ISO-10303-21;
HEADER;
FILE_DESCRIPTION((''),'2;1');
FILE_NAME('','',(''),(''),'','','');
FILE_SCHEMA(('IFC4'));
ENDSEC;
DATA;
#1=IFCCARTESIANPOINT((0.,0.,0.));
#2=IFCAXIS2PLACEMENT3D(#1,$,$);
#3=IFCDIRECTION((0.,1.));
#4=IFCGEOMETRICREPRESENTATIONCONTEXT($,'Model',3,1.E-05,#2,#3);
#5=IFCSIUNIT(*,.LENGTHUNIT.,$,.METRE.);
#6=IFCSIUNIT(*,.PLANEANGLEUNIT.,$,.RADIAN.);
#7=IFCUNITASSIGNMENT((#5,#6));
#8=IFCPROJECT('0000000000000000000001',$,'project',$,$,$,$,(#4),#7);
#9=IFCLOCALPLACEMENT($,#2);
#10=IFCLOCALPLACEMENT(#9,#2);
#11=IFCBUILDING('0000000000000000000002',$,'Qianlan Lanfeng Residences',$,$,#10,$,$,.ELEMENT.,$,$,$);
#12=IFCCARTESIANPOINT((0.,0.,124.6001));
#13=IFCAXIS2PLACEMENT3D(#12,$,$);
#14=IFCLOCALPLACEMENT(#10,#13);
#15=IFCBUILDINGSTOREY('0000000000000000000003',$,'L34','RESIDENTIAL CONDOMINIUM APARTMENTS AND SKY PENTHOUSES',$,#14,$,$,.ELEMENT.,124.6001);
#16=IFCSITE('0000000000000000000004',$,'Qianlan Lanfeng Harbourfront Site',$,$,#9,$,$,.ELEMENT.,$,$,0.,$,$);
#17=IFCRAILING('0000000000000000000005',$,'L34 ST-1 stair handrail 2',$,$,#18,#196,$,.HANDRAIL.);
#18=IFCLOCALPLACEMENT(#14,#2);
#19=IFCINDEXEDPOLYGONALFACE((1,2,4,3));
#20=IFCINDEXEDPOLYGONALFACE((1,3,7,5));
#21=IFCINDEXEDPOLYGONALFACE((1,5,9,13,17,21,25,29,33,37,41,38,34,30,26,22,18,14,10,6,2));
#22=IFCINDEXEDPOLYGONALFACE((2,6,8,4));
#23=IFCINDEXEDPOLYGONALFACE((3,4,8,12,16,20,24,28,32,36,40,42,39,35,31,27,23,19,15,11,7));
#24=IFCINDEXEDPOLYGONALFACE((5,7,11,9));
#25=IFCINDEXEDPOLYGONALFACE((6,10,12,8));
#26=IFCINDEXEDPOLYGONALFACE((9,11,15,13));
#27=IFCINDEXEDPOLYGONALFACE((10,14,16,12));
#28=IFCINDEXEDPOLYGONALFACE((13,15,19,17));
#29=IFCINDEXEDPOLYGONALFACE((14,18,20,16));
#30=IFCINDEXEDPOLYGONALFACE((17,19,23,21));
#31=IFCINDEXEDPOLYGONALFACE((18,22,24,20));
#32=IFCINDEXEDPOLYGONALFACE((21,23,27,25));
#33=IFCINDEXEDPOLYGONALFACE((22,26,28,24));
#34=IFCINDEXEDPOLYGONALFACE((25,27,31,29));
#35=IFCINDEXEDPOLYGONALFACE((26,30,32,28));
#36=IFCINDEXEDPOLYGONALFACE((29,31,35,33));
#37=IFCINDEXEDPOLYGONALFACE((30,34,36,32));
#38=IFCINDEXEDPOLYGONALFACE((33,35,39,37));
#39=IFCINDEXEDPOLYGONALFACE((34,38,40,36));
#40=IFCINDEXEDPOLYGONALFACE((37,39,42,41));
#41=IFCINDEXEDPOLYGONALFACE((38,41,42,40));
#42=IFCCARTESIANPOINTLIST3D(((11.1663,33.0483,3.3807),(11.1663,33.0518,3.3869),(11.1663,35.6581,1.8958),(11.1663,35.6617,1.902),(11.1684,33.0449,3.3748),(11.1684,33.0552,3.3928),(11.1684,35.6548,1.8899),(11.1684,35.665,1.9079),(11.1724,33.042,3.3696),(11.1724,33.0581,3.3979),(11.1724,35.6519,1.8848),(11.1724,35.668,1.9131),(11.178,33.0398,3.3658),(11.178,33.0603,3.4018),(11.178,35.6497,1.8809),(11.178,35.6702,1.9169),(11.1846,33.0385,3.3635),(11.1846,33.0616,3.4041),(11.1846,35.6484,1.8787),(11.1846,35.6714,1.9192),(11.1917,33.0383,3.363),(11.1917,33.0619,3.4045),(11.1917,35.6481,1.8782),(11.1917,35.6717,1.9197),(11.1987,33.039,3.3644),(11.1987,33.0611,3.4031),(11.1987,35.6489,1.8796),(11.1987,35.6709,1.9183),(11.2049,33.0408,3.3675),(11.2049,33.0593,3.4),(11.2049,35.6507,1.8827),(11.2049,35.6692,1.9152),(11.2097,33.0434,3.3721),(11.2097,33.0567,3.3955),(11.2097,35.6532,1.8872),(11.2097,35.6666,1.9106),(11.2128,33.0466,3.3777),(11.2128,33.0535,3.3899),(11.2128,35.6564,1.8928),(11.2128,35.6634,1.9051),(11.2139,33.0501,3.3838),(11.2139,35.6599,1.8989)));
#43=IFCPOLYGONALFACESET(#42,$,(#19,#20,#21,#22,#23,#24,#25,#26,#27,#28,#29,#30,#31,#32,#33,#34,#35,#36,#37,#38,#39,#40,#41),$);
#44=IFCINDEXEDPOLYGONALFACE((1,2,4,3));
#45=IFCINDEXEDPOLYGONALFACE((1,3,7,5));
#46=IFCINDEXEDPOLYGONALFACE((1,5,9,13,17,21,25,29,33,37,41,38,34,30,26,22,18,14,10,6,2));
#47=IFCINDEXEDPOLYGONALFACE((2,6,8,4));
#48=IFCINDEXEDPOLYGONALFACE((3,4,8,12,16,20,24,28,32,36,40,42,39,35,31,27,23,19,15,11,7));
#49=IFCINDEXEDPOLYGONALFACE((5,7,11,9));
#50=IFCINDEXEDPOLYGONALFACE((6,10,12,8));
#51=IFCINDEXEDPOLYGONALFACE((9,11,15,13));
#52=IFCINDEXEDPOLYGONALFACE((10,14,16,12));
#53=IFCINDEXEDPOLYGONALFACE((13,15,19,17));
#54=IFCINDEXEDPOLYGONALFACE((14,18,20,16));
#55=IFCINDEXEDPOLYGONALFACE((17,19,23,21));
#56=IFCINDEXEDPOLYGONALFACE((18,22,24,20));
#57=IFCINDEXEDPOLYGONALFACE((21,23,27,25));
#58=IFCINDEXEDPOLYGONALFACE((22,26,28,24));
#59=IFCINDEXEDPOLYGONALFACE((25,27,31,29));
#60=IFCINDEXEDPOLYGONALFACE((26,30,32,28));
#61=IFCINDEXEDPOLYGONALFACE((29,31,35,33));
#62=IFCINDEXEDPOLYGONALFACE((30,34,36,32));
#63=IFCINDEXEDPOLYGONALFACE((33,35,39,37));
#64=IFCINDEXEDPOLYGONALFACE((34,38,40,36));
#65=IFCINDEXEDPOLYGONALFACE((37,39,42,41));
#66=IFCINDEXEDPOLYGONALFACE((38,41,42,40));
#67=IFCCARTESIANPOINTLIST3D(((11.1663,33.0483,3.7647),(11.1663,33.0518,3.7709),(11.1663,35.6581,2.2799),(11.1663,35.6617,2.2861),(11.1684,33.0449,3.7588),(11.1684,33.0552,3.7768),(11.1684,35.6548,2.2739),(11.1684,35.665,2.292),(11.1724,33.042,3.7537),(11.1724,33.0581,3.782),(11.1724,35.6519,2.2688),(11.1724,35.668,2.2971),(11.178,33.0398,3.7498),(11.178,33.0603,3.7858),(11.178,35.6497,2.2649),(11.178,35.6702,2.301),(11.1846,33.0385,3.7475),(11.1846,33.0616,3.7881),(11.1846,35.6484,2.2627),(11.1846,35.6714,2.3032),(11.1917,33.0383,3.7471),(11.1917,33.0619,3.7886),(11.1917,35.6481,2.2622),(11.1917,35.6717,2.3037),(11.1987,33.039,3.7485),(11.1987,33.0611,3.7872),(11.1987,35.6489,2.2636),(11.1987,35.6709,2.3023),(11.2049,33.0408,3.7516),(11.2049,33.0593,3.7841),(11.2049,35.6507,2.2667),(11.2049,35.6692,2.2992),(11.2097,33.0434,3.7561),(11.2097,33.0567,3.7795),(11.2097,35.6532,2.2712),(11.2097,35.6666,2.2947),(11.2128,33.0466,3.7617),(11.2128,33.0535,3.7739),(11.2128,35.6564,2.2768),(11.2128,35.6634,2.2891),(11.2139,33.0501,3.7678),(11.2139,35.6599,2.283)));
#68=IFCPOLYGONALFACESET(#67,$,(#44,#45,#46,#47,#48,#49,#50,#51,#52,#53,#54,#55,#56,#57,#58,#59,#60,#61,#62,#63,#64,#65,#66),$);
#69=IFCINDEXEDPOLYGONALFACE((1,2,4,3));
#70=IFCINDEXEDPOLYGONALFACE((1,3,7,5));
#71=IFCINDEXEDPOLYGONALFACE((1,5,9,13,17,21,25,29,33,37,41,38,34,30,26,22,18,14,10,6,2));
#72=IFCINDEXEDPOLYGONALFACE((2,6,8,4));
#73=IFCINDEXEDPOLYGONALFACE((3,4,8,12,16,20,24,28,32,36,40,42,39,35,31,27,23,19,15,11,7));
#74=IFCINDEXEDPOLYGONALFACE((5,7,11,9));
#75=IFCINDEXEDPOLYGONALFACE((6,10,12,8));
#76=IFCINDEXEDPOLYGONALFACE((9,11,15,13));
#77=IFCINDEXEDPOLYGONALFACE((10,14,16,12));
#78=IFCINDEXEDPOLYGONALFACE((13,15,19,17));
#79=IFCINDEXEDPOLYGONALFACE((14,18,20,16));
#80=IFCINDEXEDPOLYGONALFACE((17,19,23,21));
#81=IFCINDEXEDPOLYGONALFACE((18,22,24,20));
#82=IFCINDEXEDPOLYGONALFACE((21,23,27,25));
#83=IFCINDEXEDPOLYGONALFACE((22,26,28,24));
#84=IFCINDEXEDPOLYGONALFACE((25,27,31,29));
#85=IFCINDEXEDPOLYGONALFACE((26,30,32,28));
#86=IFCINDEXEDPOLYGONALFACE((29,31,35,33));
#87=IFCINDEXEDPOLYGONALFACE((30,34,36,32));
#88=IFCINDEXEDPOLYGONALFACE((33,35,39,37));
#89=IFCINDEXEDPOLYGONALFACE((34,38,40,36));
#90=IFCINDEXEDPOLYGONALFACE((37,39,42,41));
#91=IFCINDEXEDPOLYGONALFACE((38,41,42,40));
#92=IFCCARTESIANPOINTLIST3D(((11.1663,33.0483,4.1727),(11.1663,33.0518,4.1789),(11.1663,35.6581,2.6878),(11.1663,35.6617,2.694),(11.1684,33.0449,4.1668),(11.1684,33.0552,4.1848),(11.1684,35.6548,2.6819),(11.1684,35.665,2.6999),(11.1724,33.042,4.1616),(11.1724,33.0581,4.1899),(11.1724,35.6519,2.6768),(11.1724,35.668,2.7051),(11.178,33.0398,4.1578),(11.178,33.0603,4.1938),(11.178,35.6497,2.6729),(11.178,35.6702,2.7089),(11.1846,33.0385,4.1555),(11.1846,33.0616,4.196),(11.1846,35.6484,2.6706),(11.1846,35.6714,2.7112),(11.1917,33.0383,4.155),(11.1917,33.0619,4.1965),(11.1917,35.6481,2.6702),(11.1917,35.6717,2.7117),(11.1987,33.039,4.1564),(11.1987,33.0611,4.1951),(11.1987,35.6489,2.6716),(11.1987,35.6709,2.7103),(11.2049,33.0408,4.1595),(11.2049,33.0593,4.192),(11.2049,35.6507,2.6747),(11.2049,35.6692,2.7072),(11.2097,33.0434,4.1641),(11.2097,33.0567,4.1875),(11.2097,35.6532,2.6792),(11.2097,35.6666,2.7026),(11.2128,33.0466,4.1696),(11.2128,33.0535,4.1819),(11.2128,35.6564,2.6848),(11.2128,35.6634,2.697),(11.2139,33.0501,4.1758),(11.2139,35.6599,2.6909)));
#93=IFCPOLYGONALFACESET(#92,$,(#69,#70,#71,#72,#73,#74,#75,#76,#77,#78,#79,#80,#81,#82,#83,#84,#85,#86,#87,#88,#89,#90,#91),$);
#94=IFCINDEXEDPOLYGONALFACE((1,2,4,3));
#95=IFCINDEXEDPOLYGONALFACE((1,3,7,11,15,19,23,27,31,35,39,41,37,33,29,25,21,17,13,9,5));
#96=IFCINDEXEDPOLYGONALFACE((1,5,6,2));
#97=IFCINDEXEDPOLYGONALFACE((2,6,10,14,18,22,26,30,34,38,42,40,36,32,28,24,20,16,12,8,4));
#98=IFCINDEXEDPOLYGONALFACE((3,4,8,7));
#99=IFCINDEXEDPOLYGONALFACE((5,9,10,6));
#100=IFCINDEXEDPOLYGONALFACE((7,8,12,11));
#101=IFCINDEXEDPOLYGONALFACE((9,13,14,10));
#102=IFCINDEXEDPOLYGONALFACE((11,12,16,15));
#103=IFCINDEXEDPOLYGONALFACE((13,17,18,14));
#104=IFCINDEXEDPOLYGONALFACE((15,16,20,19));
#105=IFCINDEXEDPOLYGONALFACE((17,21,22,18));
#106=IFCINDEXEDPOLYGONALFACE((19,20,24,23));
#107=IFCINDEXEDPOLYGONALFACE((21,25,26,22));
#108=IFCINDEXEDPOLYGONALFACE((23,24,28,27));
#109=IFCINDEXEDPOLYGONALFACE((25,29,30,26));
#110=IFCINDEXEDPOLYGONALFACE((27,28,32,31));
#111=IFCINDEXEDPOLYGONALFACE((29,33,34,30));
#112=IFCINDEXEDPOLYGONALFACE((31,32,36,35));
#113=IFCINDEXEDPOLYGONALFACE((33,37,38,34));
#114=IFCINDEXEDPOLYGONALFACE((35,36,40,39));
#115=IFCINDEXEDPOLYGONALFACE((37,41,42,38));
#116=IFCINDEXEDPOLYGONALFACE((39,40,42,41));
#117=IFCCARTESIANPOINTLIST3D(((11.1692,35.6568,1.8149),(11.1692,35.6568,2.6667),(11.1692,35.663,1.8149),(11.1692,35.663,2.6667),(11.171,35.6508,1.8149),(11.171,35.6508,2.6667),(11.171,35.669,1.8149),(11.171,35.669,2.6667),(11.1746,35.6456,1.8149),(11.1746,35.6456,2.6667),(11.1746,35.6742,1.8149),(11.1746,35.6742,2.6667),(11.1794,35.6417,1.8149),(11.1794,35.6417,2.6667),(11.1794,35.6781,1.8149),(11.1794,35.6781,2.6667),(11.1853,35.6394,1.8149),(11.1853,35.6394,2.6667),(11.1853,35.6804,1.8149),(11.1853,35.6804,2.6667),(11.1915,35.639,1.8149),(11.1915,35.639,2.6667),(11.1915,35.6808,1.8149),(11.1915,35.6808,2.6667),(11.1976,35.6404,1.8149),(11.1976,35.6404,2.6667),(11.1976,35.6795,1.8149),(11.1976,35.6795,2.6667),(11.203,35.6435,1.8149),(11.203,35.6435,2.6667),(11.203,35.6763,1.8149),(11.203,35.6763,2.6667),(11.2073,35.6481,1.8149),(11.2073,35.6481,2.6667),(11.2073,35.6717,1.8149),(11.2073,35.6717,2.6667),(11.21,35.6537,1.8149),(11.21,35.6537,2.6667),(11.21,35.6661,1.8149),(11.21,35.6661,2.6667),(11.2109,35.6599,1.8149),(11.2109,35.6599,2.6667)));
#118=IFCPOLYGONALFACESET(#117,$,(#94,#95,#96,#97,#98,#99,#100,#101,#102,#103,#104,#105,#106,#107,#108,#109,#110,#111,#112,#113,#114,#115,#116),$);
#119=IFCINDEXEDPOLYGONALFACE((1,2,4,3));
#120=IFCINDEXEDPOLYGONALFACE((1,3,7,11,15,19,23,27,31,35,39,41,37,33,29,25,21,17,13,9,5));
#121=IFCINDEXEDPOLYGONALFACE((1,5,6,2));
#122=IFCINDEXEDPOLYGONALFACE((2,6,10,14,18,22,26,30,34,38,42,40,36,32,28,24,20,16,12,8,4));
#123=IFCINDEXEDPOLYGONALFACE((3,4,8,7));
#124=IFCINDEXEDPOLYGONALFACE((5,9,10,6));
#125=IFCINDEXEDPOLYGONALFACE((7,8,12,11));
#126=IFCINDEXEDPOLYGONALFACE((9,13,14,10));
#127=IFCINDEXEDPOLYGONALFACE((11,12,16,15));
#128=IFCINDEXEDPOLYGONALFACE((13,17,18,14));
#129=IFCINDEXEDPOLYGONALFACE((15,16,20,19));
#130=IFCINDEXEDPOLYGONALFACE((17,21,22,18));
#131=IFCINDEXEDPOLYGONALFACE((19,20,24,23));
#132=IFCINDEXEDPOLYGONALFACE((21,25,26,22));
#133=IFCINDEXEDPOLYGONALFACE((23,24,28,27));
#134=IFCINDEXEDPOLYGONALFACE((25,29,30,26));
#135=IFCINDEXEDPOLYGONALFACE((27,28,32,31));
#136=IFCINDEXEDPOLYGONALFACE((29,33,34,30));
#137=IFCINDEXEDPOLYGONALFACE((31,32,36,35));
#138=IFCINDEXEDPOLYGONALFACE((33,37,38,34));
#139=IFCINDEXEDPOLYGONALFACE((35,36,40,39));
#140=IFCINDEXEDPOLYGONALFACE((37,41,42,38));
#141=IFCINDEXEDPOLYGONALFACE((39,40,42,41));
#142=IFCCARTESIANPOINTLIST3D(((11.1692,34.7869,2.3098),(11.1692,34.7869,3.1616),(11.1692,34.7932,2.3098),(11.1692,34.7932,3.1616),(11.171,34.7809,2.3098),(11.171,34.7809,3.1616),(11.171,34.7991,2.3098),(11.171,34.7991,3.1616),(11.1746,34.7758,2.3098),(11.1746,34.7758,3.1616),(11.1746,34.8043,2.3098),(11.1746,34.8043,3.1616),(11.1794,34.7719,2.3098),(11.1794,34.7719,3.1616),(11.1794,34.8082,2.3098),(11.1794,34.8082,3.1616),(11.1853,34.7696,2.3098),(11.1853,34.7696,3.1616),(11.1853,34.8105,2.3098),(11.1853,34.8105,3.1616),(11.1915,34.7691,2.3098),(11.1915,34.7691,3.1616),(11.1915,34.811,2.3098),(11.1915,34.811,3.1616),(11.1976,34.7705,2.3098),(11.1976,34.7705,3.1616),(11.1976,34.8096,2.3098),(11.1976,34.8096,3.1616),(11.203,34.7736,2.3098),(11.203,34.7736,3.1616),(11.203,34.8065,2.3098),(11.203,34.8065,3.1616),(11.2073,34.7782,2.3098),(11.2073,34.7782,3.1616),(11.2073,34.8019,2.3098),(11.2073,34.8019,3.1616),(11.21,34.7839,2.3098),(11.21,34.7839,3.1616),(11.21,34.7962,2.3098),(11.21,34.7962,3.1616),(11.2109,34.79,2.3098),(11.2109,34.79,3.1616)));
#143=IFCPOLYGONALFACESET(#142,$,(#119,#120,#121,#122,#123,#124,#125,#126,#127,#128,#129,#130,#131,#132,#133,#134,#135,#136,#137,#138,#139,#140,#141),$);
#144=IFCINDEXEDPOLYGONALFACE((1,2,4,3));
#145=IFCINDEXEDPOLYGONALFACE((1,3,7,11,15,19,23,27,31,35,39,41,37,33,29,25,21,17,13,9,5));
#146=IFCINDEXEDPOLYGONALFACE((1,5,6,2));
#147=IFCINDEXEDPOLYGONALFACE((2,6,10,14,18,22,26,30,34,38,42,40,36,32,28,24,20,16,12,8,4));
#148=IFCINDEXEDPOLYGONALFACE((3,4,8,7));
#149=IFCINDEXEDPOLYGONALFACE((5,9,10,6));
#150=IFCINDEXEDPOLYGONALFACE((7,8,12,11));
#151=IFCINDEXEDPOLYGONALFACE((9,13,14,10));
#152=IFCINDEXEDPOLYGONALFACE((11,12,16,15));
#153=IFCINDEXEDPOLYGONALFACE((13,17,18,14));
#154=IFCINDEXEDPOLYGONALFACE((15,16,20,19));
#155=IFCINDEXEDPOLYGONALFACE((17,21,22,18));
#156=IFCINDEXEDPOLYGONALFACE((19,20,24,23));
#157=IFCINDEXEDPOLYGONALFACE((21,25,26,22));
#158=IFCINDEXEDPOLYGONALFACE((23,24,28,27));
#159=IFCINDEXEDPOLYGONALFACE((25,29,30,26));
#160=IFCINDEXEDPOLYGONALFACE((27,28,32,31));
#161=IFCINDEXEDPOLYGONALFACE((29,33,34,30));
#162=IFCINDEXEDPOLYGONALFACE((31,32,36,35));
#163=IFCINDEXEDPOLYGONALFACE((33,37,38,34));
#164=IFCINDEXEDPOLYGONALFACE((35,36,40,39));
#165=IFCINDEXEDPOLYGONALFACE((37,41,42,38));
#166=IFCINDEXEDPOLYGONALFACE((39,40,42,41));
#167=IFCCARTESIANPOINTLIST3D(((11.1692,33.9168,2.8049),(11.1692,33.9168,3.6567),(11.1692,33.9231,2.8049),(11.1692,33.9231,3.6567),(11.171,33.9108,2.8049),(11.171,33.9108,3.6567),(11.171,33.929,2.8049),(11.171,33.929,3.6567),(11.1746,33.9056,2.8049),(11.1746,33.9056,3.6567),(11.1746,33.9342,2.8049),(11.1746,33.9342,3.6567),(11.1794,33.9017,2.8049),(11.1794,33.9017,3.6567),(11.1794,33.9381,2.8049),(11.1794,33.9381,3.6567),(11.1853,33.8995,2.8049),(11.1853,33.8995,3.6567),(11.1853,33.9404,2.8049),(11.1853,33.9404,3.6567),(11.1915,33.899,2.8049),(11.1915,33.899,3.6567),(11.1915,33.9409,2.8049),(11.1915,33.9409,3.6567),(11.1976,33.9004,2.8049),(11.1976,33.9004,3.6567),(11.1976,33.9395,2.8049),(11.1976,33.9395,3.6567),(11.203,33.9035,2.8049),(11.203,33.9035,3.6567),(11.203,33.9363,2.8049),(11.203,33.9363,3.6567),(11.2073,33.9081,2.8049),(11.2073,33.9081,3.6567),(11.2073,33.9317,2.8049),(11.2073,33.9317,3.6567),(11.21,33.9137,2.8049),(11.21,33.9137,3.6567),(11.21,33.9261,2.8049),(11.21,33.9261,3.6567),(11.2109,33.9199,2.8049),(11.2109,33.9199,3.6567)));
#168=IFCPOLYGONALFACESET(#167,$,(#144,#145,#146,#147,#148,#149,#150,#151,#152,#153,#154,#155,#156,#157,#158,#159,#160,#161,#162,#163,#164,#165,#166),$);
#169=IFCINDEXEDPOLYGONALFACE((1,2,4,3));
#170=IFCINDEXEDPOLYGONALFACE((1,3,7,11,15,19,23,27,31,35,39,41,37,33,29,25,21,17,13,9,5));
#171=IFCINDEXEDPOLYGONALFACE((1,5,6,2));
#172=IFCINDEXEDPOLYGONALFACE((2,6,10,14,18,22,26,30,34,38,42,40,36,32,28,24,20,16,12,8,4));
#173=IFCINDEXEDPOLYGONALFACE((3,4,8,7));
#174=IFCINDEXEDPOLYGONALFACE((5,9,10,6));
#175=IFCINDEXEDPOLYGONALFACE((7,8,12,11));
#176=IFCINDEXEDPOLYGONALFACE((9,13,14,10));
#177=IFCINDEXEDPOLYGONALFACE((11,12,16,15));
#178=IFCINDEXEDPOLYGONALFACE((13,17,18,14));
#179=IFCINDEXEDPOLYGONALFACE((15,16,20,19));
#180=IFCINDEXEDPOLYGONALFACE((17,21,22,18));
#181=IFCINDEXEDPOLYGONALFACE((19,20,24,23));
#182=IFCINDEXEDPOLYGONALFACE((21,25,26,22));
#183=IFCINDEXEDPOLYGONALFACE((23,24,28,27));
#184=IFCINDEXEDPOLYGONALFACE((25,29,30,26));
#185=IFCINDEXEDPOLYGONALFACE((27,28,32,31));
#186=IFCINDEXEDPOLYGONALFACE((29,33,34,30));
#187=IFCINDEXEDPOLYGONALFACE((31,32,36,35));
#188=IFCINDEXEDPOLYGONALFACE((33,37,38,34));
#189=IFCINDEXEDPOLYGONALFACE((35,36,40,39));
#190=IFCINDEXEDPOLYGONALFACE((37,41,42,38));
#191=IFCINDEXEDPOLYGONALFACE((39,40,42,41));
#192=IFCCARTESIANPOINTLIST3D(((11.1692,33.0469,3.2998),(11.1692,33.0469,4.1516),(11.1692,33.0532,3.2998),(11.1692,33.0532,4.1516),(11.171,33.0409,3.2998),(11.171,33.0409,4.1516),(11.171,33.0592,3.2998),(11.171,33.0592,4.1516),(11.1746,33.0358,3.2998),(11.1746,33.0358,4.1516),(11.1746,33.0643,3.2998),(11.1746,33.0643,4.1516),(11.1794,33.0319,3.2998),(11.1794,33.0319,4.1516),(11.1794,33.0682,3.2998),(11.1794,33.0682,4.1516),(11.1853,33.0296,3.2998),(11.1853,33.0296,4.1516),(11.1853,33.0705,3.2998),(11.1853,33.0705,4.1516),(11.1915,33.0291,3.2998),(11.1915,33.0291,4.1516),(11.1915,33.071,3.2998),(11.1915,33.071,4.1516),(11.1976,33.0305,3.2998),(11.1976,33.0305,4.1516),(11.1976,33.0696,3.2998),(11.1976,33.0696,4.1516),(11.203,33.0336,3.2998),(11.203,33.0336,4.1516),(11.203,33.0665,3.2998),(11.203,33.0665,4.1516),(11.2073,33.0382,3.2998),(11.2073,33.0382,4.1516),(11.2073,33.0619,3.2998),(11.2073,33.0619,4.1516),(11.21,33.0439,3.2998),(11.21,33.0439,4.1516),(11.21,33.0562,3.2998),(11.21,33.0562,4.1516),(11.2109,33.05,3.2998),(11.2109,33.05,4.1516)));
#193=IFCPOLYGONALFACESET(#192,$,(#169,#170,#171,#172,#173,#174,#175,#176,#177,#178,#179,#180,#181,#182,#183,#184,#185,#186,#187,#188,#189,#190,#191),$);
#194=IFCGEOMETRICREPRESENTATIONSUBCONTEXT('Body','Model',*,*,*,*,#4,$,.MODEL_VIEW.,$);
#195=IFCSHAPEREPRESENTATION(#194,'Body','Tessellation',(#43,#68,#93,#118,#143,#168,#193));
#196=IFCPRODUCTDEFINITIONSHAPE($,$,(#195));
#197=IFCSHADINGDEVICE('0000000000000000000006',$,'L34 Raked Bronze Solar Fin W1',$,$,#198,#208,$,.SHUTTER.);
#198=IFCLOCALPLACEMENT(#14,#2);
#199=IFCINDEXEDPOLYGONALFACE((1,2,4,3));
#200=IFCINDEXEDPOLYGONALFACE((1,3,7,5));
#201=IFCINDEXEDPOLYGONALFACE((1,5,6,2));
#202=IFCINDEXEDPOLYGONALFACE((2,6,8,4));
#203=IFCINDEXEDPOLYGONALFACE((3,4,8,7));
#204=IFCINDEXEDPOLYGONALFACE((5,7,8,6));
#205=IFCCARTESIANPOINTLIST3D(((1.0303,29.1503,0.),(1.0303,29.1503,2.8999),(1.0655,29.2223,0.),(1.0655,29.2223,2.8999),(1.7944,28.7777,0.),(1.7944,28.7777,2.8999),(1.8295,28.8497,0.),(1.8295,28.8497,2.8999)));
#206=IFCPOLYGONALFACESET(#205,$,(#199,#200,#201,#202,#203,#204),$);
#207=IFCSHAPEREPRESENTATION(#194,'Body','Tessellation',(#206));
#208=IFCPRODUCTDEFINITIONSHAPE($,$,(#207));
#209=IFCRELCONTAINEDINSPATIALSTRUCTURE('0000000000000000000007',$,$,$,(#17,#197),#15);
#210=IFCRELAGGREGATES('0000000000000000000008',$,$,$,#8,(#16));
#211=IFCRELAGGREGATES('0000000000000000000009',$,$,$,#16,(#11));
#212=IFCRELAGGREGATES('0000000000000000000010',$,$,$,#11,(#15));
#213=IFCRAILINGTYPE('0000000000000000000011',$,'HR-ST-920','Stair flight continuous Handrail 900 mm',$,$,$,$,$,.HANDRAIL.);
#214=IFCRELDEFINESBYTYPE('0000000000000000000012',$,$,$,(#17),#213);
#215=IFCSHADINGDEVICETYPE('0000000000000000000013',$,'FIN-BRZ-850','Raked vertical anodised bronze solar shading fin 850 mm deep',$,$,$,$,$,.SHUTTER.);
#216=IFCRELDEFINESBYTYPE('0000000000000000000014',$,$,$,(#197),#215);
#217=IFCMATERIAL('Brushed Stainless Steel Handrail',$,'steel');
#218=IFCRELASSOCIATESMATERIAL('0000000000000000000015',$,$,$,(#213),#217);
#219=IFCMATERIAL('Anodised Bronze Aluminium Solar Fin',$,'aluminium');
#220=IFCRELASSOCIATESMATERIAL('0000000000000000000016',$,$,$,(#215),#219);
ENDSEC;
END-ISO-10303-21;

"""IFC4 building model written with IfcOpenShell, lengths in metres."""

from ifc_helpers import new_model, si_unit, direction, frame, origin, origin_2d, place, context, subcontext, project, spatial, rectangle, circle, extrude, source, transform, mapped, material, type_object, element, save


model = new_model("IFC4")

# Units and contexts
model_context = context("Model", 3, precision=1e-05, world=origin(), true_north=direction((0.0, 1.0)))
body_context = subcontext(model_context, "Body", "Model", "MODEL_VIEW")
ifc_project = project(units=[si_unit("LENGTHUNIT", "METRE"), si_unit("PLANEANGLEUNIT", "RADIAN")], contexts=[model_context])

# Site, building, storey
site_placement = place(None, origin())
site = spatial("IfcSite", under=ifc_project, at=site_placement, Name="Qianlan Lanfeng Harbourfront Site", CompositionType="ELEMENT", RefElevation=0.0)
building_placement = place(site_placement, origin())
building = spatial("IfcBuilding", under=site, at=building_placement, Name="Qianlan Lanfeng Residences", CompositionType="ELEMENT")
storey_placement = place(building_placement, frame((0.0, 0.0, 124.6001)))
storey = spatial("IfcBuildingStorey", under=building, at=storey_placement, Name="L34", Description="RESIDENTIAL CONDOMINIUM APARTMENTS AND SKY PENTHOUSES", CompositionType="ELEMENT", Elevation=124.6001)

# Railing
ifc_material_1 = material(Name="Brushed Stainless Steel Handrail", Category="steel")
railing_type = type_object("IfcRailingType", Name="HR-ST-920", Description="Stair flight continuous Handrail 900 mm", PredefinedType="HANDRAIL", material=ifc_material_1)
railing_placement = place(storey_placement, frame((11.1899, 35.6599, 1.8149)))
element("IfcRailing", 1, at=railing_placement, inside=storey, type_object=railing_type, Name="L34 ST-1 stair handrail 2", PredefinedType="HANDRAIL", context=body_context, shape_type="SweptSolid", body=[
    extrude(circle(Radius=0.0239, at=origin_2d()), frame((0.0, 0.0, 0.084), z_axis=(0.0, -0.869172, 0.494509), x_axis=(1.0, 0.0, 0.0)), (0.0, 0.0, 1.0), 3.0027),
    extrude(circle(Radius=0.0239, at=origin_2d()), frame((0.0, 0.0, 0.468), z_axis=(0.0, -0.869172, 0.494509), x_axis=(1.0, 0.0, 0.0)), (0.0, 0.0, 1.0), 3.0027),
    extrude(circle(Radius=0.0239, at=origin_2d()), frame((0.0, 0.0, 0.876), z_axis=(0.0, -0.869172, 0.494509), x_axis=(1.0, 0.0, 0.0)), (0.0, 0.0, 1.0), 3.0027),
    extrude(circle(Radius=0.021, at=origin_2d()), origin(), (0.0, 0.0, 1.0), 0.8518),
    extrude(circle(Radius=0.021, at=origin_2d()), frame((0.0, -0.8699, 0.4949)), (0.0, 0.0, 1.0), 0.8518),
    extrude(circle(Radius=0.021, at=origin_2d()), frame((0.0, -1.74, 0.99)), (0.0, 0.0, 1.0), 0.8518),
    extrude(circle(Radius=0.021, at=origin_2d()), frame((0.0, -2.6099, 1.4849)), (0.0, 0.0, 1.0), 0.8518),
])

# Shading device
ifc_material_2 = material(Name="Anodised Bronze Aluminium Solar Fin", Category="aluminium")
shading_device_type = type_object("IfcShadingDeviceType", Name="FIN-BRZ-850", Description="Raked vertical anodised bronze solar shading fin 850 mm deep", PredefinedType="SHUTTER", material=ifc_material_2)
shared_shape_1 = source(origin(), body_context, "Body", "SweptSolid", [
    extrude(rectangle(XDim=0.8501, YDim=0.0801, at=origin_2d()), origin(), (0.0, 0.0, 1.0), 2.8999),
])
for number, where, z_axis, x_axis, name in (
    (2, (1.4299, 29.0, 0.0), (0.0, 0.0, 1.0), (0.898794, -0.438371, 0.0), "L34 Raked Bronze Solar Fin W1"),
):
    element("IfcShadingDevice", number, at=place(storey_placement, frame(where, z_axis=z_axis, x_axis=x_axis)), inside=storey, type_object=shading_device_type, Name=name, PredefinedType="SHUTTER", context=body_context, shape_type="MappedRepresentation", body=[
        mapped(shared_shape_1, transform((0.0, 0.0, 0.0), scale=1.0)),
    ])

save(model, "model.ifc")
